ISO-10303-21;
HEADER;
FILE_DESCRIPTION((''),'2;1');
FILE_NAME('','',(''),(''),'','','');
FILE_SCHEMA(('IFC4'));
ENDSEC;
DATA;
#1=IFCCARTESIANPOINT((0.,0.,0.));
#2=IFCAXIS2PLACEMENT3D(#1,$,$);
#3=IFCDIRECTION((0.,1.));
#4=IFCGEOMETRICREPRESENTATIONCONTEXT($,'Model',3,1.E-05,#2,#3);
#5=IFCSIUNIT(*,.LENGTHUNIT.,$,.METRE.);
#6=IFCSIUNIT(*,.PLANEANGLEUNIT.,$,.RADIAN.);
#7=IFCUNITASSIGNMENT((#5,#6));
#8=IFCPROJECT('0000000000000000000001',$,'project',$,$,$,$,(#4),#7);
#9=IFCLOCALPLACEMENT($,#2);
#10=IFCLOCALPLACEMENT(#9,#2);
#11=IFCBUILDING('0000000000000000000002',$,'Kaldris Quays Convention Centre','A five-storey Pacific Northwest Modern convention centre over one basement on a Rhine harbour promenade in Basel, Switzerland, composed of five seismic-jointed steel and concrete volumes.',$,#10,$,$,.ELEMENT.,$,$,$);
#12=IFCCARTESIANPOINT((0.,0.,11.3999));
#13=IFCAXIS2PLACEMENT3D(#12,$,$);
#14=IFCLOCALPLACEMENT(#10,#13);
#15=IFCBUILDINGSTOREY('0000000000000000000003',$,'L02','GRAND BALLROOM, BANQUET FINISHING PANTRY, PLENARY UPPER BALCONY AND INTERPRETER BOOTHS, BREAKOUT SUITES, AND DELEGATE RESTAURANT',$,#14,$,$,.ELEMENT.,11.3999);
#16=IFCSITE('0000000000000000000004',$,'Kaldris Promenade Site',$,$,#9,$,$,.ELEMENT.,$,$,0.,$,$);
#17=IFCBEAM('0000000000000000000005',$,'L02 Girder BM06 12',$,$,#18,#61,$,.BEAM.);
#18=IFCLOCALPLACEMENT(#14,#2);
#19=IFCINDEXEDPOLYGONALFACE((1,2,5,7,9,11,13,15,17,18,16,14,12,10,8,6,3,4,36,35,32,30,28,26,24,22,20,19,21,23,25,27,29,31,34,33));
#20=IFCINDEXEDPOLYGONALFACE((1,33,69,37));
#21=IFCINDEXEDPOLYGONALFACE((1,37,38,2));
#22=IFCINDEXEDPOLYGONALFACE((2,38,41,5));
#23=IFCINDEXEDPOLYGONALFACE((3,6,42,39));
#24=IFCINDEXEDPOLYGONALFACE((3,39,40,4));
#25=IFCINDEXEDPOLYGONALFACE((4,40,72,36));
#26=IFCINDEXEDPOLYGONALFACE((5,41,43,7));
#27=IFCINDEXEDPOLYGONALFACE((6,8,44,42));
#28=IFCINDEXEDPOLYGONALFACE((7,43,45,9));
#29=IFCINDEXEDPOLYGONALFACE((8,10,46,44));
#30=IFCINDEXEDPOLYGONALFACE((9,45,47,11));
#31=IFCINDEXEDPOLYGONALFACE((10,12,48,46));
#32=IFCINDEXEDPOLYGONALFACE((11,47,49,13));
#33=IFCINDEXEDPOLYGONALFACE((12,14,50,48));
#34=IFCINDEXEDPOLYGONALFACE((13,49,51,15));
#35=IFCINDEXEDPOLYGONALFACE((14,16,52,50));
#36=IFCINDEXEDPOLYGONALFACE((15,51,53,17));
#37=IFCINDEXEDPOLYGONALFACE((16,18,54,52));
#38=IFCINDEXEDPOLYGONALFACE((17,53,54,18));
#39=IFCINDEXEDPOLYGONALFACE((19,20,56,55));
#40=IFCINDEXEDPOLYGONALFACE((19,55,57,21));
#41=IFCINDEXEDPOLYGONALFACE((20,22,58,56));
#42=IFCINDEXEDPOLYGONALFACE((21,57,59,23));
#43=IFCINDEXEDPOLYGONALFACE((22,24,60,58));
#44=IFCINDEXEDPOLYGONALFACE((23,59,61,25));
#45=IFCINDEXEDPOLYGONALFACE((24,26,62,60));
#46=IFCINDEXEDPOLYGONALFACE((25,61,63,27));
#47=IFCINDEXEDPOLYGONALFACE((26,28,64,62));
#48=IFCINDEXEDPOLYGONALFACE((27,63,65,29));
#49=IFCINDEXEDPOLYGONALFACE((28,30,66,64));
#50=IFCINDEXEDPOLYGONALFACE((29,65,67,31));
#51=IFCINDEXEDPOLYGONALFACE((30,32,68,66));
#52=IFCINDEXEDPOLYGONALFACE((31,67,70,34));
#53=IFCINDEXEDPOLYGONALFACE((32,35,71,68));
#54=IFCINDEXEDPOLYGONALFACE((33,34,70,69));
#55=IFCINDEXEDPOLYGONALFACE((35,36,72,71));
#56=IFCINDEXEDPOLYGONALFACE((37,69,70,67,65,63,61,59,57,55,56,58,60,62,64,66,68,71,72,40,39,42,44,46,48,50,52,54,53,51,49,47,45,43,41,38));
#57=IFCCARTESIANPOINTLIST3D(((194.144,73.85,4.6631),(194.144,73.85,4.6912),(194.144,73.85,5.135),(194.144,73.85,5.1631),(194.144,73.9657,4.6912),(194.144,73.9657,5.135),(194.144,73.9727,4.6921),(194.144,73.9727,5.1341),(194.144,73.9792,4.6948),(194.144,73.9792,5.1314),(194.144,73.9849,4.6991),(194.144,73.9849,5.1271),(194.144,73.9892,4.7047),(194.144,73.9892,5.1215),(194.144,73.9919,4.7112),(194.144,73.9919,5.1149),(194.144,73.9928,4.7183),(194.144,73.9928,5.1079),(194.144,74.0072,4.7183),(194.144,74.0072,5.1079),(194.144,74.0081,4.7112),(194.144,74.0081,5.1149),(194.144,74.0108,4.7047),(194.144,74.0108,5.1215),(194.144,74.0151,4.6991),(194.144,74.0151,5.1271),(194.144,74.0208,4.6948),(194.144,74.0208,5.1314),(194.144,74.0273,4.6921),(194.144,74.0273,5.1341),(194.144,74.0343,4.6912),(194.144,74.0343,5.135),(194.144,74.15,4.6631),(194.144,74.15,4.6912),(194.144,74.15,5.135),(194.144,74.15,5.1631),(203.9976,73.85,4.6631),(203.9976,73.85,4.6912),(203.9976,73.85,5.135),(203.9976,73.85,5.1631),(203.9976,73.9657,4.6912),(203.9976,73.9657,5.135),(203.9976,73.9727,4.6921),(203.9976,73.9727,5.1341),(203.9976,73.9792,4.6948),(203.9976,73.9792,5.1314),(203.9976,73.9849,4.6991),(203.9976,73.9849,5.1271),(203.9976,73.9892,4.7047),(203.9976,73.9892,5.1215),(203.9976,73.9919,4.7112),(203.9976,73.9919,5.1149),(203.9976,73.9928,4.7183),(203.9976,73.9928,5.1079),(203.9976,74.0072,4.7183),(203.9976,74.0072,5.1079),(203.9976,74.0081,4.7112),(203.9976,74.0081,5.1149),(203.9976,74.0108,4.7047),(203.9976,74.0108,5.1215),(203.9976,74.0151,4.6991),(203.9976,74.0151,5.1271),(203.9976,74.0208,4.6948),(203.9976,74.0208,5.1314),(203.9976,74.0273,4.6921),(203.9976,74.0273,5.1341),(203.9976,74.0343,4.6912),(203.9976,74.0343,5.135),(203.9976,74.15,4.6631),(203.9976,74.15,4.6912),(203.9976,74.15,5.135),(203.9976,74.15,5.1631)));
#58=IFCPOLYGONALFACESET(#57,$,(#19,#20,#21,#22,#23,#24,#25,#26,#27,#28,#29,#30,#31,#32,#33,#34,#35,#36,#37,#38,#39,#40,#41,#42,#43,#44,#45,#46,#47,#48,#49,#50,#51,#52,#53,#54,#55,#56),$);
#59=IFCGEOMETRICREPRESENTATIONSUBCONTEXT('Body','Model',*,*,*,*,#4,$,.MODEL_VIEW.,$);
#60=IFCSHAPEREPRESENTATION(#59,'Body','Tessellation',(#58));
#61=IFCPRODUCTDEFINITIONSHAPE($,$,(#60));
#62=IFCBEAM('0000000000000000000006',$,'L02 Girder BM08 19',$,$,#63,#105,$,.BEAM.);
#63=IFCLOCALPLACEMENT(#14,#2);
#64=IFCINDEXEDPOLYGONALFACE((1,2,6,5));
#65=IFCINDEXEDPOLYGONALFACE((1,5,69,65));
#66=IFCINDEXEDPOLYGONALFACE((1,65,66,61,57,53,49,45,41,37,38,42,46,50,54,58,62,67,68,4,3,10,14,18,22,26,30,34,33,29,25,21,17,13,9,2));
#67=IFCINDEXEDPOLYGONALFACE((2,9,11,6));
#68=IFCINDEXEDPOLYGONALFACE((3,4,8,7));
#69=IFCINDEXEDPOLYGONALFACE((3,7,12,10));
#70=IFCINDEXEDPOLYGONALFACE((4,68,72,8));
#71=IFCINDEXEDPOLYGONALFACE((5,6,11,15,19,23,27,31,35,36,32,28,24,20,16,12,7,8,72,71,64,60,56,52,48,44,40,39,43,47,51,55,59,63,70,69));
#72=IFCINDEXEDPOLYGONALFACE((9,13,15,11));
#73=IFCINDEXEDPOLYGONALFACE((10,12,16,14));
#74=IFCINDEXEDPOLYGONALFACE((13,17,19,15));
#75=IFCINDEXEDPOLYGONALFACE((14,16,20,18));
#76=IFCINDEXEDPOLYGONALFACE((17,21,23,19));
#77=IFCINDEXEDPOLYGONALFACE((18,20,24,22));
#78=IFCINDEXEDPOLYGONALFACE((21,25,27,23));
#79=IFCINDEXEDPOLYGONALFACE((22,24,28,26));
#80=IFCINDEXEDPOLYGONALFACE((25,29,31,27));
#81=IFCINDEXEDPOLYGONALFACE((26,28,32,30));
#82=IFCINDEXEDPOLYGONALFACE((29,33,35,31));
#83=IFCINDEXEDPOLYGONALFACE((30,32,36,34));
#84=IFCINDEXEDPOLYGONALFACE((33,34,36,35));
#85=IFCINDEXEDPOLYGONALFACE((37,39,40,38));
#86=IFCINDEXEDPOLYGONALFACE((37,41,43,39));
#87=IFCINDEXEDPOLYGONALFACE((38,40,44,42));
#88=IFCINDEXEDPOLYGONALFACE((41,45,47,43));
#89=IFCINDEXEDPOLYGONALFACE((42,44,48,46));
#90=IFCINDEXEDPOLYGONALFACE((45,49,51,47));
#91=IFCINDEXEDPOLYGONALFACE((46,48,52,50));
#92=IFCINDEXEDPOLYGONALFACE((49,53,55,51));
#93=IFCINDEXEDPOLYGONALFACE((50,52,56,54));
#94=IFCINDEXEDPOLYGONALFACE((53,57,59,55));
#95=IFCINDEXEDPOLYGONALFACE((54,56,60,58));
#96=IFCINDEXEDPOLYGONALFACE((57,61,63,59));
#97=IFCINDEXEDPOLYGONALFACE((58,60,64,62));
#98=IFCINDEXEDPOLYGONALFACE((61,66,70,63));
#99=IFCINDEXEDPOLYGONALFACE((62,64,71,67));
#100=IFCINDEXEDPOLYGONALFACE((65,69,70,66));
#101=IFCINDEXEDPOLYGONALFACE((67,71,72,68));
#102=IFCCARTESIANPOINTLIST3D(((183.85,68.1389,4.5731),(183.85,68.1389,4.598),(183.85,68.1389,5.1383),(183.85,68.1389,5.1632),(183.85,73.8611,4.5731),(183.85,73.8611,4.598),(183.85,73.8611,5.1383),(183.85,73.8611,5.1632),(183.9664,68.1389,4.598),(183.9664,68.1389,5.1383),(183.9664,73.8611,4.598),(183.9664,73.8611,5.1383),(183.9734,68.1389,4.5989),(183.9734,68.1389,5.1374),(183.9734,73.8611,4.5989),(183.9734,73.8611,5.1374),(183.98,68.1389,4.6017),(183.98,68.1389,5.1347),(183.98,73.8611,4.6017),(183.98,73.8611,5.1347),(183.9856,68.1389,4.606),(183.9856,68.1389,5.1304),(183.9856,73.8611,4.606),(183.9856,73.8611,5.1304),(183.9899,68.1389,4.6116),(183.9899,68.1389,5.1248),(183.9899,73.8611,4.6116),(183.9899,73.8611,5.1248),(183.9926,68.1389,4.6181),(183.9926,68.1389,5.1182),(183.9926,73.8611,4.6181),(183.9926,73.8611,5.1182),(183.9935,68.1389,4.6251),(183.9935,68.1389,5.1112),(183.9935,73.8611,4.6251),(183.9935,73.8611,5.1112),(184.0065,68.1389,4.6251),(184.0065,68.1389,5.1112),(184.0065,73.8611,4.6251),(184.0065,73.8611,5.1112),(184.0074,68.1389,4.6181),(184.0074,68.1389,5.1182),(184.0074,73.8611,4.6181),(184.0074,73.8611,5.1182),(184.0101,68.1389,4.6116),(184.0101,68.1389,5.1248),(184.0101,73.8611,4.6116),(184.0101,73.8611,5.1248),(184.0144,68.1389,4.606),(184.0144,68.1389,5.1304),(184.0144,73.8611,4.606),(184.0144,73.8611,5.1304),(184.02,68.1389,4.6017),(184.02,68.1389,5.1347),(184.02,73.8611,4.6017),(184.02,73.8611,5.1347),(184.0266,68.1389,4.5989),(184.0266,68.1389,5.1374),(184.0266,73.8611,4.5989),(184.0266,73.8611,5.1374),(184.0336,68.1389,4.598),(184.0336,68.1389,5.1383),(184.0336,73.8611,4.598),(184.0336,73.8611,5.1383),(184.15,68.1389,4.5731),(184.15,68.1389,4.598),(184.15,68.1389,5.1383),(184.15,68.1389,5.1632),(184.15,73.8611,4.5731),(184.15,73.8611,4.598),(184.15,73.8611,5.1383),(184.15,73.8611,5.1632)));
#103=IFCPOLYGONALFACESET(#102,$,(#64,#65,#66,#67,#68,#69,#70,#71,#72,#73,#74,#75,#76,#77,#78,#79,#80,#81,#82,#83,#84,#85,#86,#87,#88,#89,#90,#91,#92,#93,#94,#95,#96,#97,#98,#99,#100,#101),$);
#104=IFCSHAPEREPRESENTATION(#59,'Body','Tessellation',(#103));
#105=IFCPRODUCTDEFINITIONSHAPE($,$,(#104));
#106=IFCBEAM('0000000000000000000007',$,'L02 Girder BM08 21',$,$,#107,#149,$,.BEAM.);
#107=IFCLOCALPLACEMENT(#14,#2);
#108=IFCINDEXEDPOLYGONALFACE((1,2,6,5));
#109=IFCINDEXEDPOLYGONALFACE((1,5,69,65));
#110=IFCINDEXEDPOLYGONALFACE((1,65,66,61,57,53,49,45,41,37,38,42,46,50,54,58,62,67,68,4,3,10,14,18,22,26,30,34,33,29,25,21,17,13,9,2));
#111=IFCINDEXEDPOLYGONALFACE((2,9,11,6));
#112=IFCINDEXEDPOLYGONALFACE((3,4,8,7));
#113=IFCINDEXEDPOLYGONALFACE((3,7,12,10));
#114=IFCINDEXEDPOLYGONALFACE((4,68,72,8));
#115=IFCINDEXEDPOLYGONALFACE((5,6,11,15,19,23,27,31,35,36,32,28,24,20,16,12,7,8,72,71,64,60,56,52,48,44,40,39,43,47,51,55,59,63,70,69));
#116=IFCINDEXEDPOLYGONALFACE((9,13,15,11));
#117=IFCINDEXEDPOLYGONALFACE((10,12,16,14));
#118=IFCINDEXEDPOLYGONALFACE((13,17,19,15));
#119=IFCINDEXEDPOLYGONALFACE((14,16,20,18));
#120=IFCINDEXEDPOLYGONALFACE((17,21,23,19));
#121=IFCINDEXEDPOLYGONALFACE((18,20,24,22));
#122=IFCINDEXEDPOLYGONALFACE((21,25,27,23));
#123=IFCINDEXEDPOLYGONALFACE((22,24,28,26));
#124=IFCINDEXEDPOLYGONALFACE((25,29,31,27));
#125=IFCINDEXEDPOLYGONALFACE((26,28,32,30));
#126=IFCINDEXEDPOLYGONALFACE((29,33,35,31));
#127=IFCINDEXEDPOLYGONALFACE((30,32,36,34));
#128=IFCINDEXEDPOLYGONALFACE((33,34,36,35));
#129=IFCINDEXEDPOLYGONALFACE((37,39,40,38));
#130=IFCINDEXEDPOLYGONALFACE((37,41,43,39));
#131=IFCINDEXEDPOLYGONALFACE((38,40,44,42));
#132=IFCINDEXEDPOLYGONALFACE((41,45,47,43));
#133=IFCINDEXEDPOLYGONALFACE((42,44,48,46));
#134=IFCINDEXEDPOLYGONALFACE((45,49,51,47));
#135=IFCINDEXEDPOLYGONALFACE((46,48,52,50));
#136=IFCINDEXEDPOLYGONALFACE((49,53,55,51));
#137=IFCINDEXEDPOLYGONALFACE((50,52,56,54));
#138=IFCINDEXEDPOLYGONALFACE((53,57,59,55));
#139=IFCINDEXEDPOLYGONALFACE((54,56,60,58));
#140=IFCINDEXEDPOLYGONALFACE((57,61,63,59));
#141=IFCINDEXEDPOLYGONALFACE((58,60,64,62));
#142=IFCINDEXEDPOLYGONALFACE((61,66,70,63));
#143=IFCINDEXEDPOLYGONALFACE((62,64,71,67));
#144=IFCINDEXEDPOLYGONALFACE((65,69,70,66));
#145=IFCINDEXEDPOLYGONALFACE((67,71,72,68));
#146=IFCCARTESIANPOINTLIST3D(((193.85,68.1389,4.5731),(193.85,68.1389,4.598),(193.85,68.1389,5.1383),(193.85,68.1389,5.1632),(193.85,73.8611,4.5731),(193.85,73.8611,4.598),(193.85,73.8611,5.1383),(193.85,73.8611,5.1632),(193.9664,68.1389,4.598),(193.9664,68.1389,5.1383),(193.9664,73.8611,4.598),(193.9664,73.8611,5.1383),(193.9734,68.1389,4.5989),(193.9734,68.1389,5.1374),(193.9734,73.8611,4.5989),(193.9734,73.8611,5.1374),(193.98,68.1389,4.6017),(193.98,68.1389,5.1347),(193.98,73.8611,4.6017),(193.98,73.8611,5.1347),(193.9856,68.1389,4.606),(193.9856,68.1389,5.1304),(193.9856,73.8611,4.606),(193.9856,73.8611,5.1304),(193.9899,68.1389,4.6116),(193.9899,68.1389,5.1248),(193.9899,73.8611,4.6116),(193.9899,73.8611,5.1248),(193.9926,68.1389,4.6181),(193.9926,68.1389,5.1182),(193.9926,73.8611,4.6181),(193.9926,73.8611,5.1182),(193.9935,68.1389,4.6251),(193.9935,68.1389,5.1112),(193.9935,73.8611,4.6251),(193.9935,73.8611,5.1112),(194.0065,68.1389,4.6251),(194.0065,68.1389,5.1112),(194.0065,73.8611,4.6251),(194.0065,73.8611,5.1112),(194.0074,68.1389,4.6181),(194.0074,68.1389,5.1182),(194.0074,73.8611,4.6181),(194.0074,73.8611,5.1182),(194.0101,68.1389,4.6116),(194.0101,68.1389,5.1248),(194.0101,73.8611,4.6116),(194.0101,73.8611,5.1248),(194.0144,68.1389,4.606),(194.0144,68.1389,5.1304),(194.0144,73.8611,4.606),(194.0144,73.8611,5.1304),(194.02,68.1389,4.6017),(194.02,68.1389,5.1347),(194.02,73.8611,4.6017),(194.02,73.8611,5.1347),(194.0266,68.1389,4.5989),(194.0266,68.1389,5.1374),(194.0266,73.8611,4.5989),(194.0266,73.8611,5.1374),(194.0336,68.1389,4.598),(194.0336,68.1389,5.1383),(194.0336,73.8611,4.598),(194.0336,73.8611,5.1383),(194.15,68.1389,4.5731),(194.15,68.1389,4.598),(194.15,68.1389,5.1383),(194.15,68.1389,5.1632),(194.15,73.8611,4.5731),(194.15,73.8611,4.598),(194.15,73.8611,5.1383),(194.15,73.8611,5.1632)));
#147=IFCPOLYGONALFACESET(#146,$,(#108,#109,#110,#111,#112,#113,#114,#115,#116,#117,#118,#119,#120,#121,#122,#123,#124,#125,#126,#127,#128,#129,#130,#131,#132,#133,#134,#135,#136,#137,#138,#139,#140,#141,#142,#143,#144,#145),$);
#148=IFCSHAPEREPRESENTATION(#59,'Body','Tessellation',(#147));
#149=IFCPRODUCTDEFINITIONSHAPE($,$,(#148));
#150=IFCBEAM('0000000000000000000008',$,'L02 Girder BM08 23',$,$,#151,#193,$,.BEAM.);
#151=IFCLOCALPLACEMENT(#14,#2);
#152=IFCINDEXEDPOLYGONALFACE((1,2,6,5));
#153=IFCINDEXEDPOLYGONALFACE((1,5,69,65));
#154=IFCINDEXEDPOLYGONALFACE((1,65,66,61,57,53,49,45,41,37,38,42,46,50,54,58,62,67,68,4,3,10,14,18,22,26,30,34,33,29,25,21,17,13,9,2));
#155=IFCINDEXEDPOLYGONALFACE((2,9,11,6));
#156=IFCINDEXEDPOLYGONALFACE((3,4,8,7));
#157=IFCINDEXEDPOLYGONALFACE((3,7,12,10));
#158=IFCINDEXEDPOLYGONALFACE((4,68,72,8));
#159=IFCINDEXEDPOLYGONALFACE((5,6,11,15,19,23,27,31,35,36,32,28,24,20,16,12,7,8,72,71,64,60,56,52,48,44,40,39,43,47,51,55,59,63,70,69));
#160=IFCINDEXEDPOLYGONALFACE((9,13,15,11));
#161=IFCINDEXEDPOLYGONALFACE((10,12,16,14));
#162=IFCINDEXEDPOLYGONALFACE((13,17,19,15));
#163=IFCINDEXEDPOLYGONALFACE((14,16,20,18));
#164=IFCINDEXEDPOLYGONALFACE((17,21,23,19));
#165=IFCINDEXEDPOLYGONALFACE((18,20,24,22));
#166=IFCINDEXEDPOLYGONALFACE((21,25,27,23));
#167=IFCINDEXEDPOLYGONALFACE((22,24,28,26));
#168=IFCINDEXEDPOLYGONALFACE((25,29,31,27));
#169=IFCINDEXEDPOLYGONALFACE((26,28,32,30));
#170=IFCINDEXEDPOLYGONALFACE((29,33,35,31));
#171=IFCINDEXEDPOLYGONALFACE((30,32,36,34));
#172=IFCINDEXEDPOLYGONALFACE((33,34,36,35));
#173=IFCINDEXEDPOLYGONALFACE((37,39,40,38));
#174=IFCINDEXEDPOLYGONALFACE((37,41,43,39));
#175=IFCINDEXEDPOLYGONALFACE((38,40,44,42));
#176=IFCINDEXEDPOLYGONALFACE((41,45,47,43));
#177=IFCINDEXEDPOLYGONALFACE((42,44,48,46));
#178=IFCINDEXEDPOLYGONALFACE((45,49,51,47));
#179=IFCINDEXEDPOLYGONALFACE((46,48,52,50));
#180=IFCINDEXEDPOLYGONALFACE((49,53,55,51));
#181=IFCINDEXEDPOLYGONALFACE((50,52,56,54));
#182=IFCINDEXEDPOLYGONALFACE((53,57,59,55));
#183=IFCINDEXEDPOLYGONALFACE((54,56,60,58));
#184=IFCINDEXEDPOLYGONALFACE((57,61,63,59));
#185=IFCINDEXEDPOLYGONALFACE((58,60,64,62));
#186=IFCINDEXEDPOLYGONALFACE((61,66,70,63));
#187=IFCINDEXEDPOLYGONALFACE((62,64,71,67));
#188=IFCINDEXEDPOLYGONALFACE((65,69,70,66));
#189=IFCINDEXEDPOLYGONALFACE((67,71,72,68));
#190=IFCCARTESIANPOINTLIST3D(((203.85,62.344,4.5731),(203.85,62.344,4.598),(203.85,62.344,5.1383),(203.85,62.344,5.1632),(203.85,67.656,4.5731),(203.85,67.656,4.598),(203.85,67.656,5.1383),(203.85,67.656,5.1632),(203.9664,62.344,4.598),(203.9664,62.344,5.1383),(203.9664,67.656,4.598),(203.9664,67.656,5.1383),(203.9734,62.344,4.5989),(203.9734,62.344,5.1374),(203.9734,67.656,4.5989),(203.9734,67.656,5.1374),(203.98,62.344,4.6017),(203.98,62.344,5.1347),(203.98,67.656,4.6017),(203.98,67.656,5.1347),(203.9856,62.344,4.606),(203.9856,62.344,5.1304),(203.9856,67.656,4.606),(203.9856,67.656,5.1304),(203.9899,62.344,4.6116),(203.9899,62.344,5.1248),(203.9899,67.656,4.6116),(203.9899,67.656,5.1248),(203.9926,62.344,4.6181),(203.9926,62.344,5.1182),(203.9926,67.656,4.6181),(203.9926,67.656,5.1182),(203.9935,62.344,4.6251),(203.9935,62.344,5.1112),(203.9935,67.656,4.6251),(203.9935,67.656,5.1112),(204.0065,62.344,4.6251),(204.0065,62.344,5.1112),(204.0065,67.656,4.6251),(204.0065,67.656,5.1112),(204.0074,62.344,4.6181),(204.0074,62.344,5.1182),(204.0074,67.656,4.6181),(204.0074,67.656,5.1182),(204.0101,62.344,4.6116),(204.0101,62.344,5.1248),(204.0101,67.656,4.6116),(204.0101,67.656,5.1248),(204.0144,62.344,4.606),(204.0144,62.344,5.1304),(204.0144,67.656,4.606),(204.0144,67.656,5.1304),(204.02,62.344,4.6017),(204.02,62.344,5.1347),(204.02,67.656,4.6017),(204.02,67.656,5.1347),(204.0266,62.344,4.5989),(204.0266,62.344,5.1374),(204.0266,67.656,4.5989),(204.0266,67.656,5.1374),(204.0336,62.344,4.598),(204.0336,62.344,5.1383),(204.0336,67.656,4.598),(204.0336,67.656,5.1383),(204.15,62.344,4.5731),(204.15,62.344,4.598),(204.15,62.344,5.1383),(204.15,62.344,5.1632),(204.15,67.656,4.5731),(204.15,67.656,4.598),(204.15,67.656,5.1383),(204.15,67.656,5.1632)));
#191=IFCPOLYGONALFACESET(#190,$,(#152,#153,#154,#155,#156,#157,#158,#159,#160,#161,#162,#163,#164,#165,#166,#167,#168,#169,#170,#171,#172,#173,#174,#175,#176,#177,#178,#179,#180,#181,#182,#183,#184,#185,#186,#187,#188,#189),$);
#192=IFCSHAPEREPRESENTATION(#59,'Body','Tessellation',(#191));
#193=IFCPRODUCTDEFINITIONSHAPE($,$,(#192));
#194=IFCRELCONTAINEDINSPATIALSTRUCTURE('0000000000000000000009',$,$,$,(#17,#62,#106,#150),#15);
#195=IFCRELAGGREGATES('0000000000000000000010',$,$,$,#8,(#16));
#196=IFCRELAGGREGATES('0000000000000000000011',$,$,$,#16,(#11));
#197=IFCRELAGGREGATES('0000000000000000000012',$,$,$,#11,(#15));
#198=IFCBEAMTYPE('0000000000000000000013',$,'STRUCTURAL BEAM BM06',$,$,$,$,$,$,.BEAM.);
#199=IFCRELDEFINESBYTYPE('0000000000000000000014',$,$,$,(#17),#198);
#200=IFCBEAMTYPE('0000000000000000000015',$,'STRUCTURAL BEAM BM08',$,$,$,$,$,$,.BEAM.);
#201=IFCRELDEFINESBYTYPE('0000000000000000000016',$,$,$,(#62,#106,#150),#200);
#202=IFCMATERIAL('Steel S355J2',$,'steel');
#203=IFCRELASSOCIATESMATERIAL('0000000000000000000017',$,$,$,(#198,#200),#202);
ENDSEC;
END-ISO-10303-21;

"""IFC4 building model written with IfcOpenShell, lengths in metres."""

from ifc_helpers import new_model, si_unit, direction, frame, origin, origin_2d, place, context, subcontext, project, spatial, i_section, extrude, material, material_profile, profile_set, type_object, element, save


model = new_model("IFC4")

# Units and contexts
model_context = context("Model", 3, precision=1e-05, world=origin(), true_north=direction((0.0, 1.0)))
body_context = subcontext(model_context, "Body", "Model", "MODEL_VIEW")
ifc_project = project(units=[si_unit("LENGTHUNIT", "METRE"), si_unit("PLANEANGLEUNIT", "RADIAN")], contexts=[model_context])

# Site, building, storey
site_placement = place(None, origin())
site = spatial("IfcSite", under=ifc_project, at=site_placement, Name="Kaldris Promenade Site", CompositionType="ELEMENT", RefElevation=0.0)
building_placement = place(site_placement, origin())
building = spatial("IfcBuilding", under=site, at=building_placement, Name="Kaldris Quays Convention Centre", Description="A five-storey Pacific Northwest Modern convention centre over one basement on a Rhine harbour promenade in Basel, Switzerland, composed of five seismic-jointed steel and concrete volumes.", CompositionType="ELEMENT")
storey_placement = place(building_placement, frame((0.0, 0.0, 11.3999)))
storey = spatial("IfcBuildingStorey", under=building, at=storey_placement, Name="L02", Description="GRAND BALLROOM, BANQUET FINISHING PANTRY, PLENARY UPPER BALCONY AND INTERPRETER BOOTHS, BREAKOUT SUITES, AND DELEGATE RESTAURANT", CompositionType="ELEMENT", Elevation=11.3999)

# Shared definitions
ifc_material_1 = material(Name="Steel S355J2", Category="steel")

# Beams
ifc_material_profile_1 = material_profile(ifc_material_1, i_section(OverallWidth=0.3, OverallDepth=0.5, WebThickness=0.0144, FlangeThickness=0.0281, FilletRadius=0.0271, at=origin_2d()), Name="HEB 500")
ifc_profile_set_1 = profile_set([ifc_material_profile_1], Name="Steel S355J2")
beam_type_1 = type_object("IfcBeamType", Name="STRUCTURAL BEAM BM06", PredefinedType="BEAM", material=ifc_profile_set_1)
beam_1_placement = place(storey_placement, frame((194.144, 74.0, 4.9131), z_axis=(1.0, 0.0, 0.0), x_axis=(0.0, 1.0, 0.0)))
element("IfcBeam", 1, at=beam_1_placement, inside=storey, type_object=beam_type_1, Name="L02 Girder BM06 12", PredefinedType="BEAM", context=body_context, shape_type="SweptSolid", body=[
    extrude(i_section(OverallWidth=0.3, OverallDepth=0.5, WebThickness=0.0144, FlangeThickness=0.0281, FilletRadius=0.0271, at=origin_2d()), origin(), (0.0, 0.0, 1.0), 9.8535),
])
ifc_material_profile_2 = material_profile(ifc_material_1, i_section(OverallWidth=0.3, OverallDepth=0.5901, WebThickness=0.0129, FlangeThickness=0.0249, FilletRadius=0.0271, at=origin_2d()), Name="HEA 600")
ifc_profile_set_2 = profile_set([ifc_material_profile_2], Name="Steel S355J2")
beam_type_2 = type_object("IfcBeamType", Name="STRUCTURAL BEAM BM08", PredefinedType="BEAM", material=ifc_profile_set_2)
for number, where, z_axis, x_axis, name in (
    (2, (184.0, 68.1389, 4.8682), (0.0, 1.0, 0.0), (-1.0, 0.0, 0.0), "L02 Girder BM08 19"),
    (3, (194.0, 68.1389, 4.8682), (0.0, 1.0, 0.0), (-1.0, 0.0, 0.0), "L02 Girder BM08 21"),
):
    element("IfcBeam", number, at=place(storey_placement, frame(where, z_axis=z_axis, x_axis=x_axis)), inside=storey, type_object=beam_type_2, Name=name, PredefinedType="BEAM", context=body_context, shape_type="SweptSolid", body=[
        extrude(i_section(OverallWidth=0.3, OverallDepth=0.5901, WebThickness=0.0129, FlangeThickness=0.0249, FilletRadius=0.0271, at=origin_2d()), origin(), (0.0, 0.0, 1.0), 5.7222),
    ])
beam_2_placement = place(storey_placement, frame((204.0, 62.344, 4.8682), z_axis=(0.0, 1.0, 0.0), x_axis=(-1.0, 0.0, 0.0)))
element("IfcBeam", 4, at=beam_2_placement, inside=storey, type_object=beam_type_2, Name="L02 Girder BM08 23", PredefinedType="BEAM", context=body_context, shape_type="SweptSolid", body=[
    extrude(i_section(OverallWidth=0.3, OverallDepth=0.5901, WebThickness=0.0129, FlangeThickness=0.0249, FilletRadius=0.0271, at=origin_2d()), origin(), (0.0, 0.0, 1.0), 5.312),
])

save(model, "model.ifc")
